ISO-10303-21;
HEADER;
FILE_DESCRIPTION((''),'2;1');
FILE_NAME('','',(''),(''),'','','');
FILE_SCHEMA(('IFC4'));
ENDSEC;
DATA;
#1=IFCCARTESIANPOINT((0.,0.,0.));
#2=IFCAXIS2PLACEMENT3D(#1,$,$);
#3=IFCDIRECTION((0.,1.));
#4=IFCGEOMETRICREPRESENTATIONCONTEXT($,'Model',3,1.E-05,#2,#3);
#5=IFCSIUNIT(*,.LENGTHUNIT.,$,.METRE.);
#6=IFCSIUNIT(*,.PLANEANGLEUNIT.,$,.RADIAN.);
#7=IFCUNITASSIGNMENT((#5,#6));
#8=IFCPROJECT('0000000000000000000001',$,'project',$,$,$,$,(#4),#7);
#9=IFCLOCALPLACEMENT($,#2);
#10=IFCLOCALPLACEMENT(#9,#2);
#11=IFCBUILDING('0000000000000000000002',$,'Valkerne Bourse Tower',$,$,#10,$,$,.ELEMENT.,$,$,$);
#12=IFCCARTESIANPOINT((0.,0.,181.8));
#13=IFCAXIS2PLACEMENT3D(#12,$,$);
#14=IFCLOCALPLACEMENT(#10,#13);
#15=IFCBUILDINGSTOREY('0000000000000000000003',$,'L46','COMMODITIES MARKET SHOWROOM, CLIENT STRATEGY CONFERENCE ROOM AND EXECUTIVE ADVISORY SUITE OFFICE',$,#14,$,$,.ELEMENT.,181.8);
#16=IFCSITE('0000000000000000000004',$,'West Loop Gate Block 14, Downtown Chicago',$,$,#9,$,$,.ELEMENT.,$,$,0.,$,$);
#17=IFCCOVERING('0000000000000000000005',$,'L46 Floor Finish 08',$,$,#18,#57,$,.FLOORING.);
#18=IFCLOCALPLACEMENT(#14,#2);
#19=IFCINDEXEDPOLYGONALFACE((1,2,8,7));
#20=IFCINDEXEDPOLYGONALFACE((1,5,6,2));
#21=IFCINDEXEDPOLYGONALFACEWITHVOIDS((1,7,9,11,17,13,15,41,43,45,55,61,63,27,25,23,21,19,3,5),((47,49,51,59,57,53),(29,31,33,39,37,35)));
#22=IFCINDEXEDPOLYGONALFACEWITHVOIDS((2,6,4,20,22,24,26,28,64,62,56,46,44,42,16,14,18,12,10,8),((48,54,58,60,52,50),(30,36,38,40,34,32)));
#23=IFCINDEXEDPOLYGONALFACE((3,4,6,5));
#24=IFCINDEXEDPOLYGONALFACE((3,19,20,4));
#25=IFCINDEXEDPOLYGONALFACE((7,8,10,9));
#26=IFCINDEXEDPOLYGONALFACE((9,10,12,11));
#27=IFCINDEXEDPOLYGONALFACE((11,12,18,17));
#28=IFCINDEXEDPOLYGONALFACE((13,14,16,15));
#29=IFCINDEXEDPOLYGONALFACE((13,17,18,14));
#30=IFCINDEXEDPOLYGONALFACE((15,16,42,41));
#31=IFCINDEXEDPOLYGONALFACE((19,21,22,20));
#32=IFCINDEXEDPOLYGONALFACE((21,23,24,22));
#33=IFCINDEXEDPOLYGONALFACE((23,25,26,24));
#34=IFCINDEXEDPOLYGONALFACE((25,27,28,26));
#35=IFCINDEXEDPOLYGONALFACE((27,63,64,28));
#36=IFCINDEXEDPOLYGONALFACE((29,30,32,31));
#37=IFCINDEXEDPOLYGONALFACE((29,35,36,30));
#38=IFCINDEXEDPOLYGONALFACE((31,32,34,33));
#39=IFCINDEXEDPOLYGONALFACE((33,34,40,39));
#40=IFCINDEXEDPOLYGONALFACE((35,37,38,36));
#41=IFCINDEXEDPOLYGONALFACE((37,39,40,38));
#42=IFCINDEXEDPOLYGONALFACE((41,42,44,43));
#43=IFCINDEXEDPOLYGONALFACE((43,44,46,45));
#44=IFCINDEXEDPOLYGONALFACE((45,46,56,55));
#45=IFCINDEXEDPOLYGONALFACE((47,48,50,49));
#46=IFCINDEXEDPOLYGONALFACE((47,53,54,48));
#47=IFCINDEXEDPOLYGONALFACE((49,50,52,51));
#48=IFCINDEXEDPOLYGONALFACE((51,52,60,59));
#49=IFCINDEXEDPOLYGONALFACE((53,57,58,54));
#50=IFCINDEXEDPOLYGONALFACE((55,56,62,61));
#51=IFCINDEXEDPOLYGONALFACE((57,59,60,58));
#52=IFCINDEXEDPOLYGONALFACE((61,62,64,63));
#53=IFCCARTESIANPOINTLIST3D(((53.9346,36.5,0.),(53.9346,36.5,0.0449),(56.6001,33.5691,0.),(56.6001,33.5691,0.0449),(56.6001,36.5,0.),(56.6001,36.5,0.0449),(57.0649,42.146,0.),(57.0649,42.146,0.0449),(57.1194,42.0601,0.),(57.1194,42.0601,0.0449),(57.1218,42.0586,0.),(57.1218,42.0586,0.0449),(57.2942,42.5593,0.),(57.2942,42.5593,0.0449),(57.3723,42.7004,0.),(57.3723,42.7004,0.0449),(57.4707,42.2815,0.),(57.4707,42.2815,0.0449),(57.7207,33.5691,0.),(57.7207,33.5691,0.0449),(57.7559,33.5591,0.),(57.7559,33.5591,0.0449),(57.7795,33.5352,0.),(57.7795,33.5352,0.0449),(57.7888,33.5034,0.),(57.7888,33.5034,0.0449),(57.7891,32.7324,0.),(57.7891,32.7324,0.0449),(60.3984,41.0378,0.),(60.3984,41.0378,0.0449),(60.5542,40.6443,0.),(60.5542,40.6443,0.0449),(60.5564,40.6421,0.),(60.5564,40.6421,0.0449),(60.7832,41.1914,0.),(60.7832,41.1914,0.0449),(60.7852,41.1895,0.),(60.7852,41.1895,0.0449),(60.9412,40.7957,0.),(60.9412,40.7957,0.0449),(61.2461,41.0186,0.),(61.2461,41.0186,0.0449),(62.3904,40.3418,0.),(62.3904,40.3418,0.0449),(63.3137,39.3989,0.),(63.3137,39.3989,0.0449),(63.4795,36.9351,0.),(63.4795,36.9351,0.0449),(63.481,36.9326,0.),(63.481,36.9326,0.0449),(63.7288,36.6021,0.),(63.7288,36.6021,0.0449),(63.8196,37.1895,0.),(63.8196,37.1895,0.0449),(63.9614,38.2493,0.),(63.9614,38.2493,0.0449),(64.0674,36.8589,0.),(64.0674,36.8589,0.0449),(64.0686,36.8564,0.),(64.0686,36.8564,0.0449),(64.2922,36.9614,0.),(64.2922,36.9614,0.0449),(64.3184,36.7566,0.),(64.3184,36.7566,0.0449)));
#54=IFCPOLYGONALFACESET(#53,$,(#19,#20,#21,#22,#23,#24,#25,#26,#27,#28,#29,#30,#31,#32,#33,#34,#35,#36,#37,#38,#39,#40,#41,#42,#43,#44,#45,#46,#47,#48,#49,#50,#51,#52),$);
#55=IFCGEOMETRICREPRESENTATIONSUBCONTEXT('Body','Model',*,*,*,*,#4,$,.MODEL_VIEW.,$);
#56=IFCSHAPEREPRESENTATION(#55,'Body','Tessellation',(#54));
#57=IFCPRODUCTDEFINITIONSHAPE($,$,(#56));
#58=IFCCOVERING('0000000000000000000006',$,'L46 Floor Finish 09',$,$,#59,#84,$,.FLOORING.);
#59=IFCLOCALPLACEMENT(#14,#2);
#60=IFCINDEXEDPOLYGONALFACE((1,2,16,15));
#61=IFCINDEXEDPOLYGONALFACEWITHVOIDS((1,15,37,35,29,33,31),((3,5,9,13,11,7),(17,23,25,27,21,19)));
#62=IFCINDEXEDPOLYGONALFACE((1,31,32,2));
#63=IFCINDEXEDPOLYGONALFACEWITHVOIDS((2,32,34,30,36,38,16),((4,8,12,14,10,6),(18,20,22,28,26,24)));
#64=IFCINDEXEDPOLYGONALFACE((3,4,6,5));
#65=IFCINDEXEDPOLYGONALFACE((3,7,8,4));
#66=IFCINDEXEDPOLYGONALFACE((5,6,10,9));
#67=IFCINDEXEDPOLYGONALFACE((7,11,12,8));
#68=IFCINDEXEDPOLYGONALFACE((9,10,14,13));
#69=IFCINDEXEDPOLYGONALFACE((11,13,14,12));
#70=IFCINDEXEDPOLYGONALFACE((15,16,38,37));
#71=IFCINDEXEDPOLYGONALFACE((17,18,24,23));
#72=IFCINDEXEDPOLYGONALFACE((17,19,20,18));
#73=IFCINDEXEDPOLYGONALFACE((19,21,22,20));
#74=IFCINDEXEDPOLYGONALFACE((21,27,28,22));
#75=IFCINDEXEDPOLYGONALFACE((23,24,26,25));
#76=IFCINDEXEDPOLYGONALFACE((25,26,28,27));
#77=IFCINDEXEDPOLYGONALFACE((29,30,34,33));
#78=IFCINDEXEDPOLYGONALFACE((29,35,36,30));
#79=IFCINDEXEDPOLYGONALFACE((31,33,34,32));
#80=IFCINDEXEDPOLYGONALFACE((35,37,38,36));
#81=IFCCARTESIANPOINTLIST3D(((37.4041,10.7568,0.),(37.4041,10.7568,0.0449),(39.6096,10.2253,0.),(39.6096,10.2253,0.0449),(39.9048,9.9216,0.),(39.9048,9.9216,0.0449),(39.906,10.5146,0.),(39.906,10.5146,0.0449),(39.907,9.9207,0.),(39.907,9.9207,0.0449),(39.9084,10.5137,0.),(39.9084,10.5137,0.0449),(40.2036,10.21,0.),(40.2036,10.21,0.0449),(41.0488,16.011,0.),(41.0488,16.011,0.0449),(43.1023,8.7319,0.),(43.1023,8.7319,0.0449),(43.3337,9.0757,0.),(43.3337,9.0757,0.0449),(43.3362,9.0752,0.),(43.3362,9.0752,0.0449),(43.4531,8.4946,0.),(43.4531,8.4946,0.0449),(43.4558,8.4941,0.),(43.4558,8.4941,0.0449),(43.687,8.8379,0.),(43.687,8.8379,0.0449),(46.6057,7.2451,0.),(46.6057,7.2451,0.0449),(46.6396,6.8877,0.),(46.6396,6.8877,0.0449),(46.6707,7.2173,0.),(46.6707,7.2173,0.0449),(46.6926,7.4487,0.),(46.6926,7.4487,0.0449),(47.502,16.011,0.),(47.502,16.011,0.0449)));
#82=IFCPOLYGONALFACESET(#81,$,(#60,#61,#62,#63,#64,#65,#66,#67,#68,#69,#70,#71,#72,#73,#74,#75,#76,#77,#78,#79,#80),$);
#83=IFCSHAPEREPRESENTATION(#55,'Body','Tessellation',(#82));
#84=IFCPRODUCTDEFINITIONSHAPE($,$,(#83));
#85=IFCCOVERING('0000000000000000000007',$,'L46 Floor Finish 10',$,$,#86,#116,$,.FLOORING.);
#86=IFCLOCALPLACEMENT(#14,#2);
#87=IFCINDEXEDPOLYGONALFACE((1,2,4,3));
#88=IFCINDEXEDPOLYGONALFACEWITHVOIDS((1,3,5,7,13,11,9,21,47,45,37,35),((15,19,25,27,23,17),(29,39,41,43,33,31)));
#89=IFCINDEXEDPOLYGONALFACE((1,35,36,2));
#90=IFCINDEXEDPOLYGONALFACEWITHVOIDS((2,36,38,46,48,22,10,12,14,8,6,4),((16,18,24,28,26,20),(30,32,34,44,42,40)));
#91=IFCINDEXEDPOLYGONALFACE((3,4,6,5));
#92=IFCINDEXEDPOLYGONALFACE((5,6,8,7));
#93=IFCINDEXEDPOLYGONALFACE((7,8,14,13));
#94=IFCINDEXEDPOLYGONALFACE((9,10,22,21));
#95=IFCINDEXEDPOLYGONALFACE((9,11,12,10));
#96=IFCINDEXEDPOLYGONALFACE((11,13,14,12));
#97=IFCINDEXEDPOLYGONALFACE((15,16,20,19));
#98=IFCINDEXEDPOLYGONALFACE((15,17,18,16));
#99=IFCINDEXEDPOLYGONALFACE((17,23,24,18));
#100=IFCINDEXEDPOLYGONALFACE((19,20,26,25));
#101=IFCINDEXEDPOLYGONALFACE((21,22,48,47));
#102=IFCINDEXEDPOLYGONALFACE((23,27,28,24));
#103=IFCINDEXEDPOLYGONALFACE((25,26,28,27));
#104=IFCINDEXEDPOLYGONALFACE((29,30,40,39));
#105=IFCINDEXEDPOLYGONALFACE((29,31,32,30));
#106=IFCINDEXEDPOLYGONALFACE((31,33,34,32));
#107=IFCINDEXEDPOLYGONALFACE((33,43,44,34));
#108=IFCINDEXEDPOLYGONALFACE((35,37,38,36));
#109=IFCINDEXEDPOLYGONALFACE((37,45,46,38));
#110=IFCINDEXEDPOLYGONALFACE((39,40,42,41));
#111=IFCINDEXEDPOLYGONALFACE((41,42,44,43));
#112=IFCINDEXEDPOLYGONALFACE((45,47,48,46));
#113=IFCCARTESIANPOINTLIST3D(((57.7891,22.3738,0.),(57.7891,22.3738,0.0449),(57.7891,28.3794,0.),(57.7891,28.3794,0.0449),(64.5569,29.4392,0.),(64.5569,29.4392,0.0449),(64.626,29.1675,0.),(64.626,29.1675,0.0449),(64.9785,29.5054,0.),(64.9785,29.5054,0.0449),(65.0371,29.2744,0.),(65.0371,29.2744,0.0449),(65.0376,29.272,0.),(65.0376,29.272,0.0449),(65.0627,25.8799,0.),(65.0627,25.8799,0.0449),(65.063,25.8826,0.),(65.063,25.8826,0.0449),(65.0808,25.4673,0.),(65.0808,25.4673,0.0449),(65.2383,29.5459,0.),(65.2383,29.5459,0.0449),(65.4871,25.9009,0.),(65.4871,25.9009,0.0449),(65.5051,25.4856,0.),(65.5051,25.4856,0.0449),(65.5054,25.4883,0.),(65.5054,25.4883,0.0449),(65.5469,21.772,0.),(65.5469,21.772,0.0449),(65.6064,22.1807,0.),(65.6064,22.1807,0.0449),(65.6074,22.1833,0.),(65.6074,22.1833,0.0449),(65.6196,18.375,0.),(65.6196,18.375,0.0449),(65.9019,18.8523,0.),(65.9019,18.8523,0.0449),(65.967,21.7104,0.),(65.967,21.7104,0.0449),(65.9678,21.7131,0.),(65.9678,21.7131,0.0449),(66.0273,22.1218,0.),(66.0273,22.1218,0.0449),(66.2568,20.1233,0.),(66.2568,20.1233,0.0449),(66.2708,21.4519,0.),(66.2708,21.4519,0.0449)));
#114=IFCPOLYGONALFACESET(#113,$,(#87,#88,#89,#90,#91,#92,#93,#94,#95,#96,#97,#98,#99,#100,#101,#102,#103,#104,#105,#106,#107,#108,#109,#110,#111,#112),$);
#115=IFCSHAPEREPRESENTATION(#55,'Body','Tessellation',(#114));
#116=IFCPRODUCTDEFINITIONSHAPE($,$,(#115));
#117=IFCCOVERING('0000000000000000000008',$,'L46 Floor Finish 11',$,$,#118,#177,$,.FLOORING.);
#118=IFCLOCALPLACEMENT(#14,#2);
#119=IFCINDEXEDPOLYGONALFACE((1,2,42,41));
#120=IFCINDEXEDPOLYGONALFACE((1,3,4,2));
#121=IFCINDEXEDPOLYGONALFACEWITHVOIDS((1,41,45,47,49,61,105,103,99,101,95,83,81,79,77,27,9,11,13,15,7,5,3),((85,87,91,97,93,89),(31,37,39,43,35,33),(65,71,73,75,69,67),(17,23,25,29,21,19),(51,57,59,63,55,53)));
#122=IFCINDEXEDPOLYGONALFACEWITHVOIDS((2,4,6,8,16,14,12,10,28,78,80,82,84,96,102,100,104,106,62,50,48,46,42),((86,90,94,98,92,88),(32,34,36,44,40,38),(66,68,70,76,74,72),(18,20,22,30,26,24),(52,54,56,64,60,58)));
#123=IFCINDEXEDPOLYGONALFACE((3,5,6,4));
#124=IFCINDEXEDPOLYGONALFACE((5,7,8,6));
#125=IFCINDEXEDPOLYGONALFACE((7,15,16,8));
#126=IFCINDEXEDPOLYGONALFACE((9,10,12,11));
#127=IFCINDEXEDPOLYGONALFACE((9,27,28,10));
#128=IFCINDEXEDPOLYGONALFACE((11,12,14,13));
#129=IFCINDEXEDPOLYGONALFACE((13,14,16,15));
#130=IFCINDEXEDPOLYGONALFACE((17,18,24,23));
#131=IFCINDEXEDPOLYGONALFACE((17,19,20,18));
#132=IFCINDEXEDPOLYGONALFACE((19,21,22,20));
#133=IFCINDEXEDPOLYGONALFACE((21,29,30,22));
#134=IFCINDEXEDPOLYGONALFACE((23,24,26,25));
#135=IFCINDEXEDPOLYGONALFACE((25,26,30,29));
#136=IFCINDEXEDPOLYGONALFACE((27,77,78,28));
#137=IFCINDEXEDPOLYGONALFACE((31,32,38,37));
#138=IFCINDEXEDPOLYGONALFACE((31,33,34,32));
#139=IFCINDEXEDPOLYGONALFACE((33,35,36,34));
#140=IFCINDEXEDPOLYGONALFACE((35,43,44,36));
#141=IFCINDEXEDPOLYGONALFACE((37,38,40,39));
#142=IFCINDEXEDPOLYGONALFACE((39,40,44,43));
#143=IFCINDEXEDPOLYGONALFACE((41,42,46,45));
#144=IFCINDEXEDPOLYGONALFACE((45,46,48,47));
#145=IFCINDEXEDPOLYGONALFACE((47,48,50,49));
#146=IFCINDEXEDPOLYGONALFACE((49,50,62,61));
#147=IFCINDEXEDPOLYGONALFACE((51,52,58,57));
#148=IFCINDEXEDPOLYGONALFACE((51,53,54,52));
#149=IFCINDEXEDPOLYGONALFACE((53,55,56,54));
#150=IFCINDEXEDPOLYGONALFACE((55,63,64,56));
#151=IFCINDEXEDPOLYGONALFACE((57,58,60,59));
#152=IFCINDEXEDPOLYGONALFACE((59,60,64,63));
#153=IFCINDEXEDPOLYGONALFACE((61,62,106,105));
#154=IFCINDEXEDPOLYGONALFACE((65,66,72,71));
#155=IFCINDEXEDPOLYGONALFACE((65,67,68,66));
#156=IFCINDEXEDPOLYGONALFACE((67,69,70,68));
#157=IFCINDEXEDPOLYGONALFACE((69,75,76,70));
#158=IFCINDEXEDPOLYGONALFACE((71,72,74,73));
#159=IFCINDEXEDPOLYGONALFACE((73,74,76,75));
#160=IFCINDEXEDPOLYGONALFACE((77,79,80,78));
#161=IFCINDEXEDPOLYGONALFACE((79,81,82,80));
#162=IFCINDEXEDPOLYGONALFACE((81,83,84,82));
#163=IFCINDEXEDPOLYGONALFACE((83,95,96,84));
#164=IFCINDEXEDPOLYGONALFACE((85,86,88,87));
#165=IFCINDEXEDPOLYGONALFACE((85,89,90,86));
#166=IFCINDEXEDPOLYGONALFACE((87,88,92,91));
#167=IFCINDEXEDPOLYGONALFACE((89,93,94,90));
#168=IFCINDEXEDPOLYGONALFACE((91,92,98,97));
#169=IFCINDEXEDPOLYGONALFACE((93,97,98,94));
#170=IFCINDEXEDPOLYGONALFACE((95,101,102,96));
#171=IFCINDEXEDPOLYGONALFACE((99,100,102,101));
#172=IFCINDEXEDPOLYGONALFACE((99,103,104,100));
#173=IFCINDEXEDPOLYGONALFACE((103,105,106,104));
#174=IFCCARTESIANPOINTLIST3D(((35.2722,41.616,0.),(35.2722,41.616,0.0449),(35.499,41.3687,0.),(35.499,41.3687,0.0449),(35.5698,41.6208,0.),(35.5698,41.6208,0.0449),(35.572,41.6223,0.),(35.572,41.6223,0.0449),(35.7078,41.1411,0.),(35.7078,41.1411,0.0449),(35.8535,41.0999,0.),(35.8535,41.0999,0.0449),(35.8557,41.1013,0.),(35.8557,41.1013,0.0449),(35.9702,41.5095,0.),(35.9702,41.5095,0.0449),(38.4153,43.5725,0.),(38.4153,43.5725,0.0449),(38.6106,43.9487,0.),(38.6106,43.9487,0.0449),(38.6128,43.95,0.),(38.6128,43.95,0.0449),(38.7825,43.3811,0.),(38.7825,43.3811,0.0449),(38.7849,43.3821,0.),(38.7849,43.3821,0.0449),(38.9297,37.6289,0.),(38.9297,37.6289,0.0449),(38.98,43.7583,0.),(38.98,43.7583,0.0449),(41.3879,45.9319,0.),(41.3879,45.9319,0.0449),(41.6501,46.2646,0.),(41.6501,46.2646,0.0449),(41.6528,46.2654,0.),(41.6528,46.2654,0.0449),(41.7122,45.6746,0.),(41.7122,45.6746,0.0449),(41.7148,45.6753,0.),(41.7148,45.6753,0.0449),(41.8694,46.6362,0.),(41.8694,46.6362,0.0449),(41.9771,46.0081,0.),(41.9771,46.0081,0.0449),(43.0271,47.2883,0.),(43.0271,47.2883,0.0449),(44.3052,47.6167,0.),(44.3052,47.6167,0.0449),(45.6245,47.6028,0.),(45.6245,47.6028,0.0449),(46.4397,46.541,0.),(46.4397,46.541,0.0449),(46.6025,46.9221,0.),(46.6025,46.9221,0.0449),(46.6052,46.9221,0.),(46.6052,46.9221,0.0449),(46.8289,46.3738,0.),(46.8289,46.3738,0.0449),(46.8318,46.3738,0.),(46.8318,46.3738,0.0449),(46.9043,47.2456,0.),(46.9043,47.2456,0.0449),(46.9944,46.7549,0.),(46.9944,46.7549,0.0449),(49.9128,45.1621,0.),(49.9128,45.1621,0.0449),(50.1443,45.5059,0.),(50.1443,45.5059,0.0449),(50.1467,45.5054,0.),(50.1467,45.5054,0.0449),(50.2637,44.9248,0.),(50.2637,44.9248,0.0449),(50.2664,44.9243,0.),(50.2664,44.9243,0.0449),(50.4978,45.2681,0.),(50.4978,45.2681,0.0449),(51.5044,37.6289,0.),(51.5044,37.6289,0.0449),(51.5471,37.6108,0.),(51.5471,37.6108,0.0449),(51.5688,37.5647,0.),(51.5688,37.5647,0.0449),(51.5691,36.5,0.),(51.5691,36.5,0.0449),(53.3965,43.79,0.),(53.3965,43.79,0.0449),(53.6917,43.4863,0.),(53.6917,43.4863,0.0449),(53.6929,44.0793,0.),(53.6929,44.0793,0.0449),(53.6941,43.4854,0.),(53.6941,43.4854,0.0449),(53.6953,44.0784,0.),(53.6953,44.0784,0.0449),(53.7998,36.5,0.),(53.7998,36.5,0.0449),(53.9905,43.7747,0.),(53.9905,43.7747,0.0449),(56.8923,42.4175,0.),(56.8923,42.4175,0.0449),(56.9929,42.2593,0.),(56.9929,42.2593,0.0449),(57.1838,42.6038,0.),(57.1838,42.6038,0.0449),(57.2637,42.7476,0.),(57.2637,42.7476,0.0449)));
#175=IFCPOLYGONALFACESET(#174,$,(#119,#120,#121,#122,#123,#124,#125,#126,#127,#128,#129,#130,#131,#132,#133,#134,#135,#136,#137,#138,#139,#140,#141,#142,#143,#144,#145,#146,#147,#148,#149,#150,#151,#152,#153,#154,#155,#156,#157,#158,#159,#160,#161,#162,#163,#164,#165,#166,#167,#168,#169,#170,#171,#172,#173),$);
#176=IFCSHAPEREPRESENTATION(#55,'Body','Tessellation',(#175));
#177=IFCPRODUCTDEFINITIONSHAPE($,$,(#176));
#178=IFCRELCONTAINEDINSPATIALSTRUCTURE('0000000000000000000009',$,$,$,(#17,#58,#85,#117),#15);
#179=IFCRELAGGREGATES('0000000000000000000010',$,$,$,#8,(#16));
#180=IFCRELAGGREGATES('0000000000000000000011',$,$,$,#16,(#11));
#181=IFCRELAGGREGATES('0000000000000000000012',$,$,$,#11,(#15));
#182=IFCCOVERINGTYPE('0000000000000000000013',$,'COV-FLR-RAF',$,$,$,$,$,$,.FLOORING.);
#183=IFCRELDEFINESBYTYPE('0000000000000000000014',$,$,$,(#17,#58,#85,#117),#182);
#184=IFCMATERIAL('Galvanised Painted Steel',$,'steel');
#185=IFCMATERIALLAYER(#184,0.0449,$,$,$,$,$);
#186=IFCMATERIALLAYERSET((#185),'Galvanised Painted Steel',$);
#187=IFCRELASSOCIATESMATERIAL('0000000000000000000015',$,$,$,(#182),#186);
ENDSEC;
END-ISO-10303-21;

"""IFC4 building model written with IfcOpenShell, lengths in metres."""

from ifc_helpers import new_model, si_unit, direction, frame, origin, place, context, subcontext, project, spatial, polyline, outline, extrude, material, layer, layer_set, type_object, element, save


model = new_model("IFC4")

# Units and contexts
model_context = context("Model", 3, precision=1e-05, world=origin(), true_north=direction((0.0, 1.0)))
body_context = subcontext(model_context, "Body", "Model", "MODEL_VIEW")
ifc_project = project(units=[si_unit("LENGTHUNIT", "METRE"), si_unit("PLANEANGLEUNIT", "RADIAN")], contexts=[model_context])

# Site, building, storey
site_placement = place(None, origin())
site = spatial("IfcSite", under=ifc_project, at=site_placement, Name="West Loop Gate Block 14, Downtown Chicago", CompositionType="ELEMENT", RefElevation=0.0)
building_placement = place(site_placement, origin())
building = spatial("IfcBuilding", under=site, at=building_placement, Name="Valkerne Bourse Tower", CompositionType="ELEMENT")
storey_placement = place(building_placement, frame((0.0, 0.0, 181.8)))
storey = spatial("IfcBuildingStorey", under=building, at=storey_placement, Name="L46", Description="COMMODITIES MARKET SHOWROOM, CLIENT STRATEGY CONFERENCE ROOM AND EXECUTIVE ADVISORY SUITE OFFICE", CompositionType="ELEMENT", Elevation=181.8)

# Coverings
ifc_material_1 = material(Name="Galvanised Painted Steel", Category="steel")
ifc_layer_1 = layer(ifc_material_1, 0.0449)
ifc_layer_set_1 = layer_set([ifc_layer_1], Name="Galvanised Painted Steel")
covering_type_1 = type_object("IfcCoveringType", Name="COV-FLR-RAF", PredefinedType="FLOORING", material=ifc_layer_set_1)
covering_1_placement = place(storey_placement, origin())
element("IfcCovering", 1, at=covering_1_placement, inside=storey, type_object=covering_type_1, Name="L46 Floor Finish 08", PredefinedType="FLOORING", context=body_context, shape_type="SweptSolid", body=[
    extrude(outline(polyline([(63.3137, 39.3989), (63.9614, 38.2493), (64.2922, 36.9614), (64.3184, 36.7566), (57.7891, 32.7324), (57.7888, 33.5034), (57.7795, 33.5352), (57.7559, 33.5591), (57.7207, 33.5691), (56.6001, 33.5691), (56.6001, 36.5), (53.9346, 36.5), (57.0649, 42.146), (57.1194, 42.0601), (57.1218, 42.0586), (57.4707, 42.2815), (57.2942, 42.5593), (57.3723, 42.7004), (61.2461, 41.0186), (62.3904, 40.3418), (63.3137, 39.3989)]), holes=[polyline([(64.0686, 36.8564), (64.0674, 36.8589), (63.8196, 37.1895), (63.4795, 36.9351), (63.481, 36.9326), (63.7288, 36.6021), (64.0686, 36.8564)]), polyline([(60.7852, 41.1895), (60.7832, 41.1914), (60.3984, 41.0378), (60.5542, 40.6443), (60.5564, 40.6421), (60.9412, 40.7957), (60.7852, 41.1895)])]), origin(), (0.0, 0.0, 1.0), 0.0449),
])
covering_2_placement = place(storey_placement, origin())
element("IfcCovering", 2, at=covering_2_placement, inside=storey, type_object=covering_type_1, Name="L46 Floor Finish 09", PredefinedType="FLOORING", context=body_context, shape_type="SweptSolid", body=[
    extrude(outline(polyline([(47.502, 16.011), (46.6926, 7.4487), (46.6057, 7.2451), (46.6707, 7.2173), (46.6396, 6.8877), (37.4041, 10.7568), (41.0488, 16.011), (47.502, 16.011)]), holes=[polyline([(43.3362, 9.0752), (43.3337, 9.0757), (43.1023, 8.7319), (43.4531, 8.4946), (43.4558, 8.4941), (43.687, 8.8379), (43.3362, 9.0752)]), polyline([(39.9084, 10.5137), (39.906, 10.5146), (39.6096, 10.2253), (39.9048, 9.9216), (39.907, 9.9207), (40.2036, 10.21), (39.9084, 10.5137)])]), origin(), (0.0, 0.0, 1.0), 0.0449),
])
covering_3_placement = place(storey_placement, origin())
element("IfcCovering", 3, at=covering_3_placement, inside=storey, type_object=covering_type_1, Name="L46 Floor Finish 10", PredefinedType="FLOORING", context=body_context, shape_type="SweptSolid", body=[
    extrude(outline(polyline([(65.6196, 18.375), (57.7891, 22.3738), (57.7891, 28.3794), (64.5569, 29.4392), (64.626, 29.1675), (65.0376, 29.272), (65.0371, 29.2744), (64.9785, 29.5054), (65.2383, 29.5459), (66.2708, 21.4519), (66.2568, 20.1233), (65.9019, 18.8523), (65.6196, 18.375)]), holes=[polyline([(66.0273, 22.1218), (65.6074, 22.1833), (65.6064, 22.1807), (65.5469, 21.772), (65.967, 21.7104), (65.9678, 21.7131), (66.0273, 22.1218)]), polyline([(65.5051, 25.4856), (65.5054, 25.4883), (65.4871, 25.9009), (65.063, 25.8826), (65.0627, 25.8799), (65.0808, 25.4673), (65.5051, 25.4856)])]), origin(), (0.0, 0.0, 1.0), 0.0449),
])
covering_4_placement = place(storey_placement, origin())
element("IfcCovering", 4, at=covering_4_placement, inside=storey, type_object=covering_type_1, Name="L46 Floor Finish 11", PredefinedType="FLOORING", context=body_context, shape_type="SweptSolid", body=[
    extrude(outline(polyline([(44.3052, 47.6167), (45.6245, 47.6028), (46.9043, 47.2456), (57.2637, 42.7476), (57.1838, 42.6038), (56.8923, 42.4175), (56.9929, 42.2593), (53.7998, 36.5), (51.5691, 36.5), (51.5688, 37.5647), (51.5471, 37.6108), (51.5044, 37.6289), (38.9297, 37.6289), (35.7078, 41.1411), (35.8535, 41.0999), (35.8557, 41.1013), (35.9702, 41.5095), (35.572, 41.6223), (35.5698, 41.6208), (35.499, 41.3687), (35.2722, 41.616), (41.8694, 46.6362), (43.0271, 47.2883), (44.3052, 47.6167)]), holes=[polyline([(38.7849, 43.3821), (38.98, 43.7583), (38.6128, 43.95), (38.6106, 43.9487), (38.4153, 43.5725), (38.7825, 43.3811), (38.7849, 43.3821)]), polyline([(53.9905, 43.7747), (53.6953, 44.0784), (53.6929, 44.0793), (53.3965, 43.79), (53.6917, 43.4863), (53.6941, 43.4854), (53.9905, 43.7747)]), polyline([(50.1467, 45.5054), (50.1443, 45.5059), (49.9128, 45.1621), (50.2637, 44.9248), (50.2664, 44.9243), (50.4978, 45.2681), (50.1467, 45.5054)]), polyline([(41.9771, 46.0081), (41.6528, 46.2654), (41.6501, 46.2646), (41.3879, 45.9319), (41.7122, 45.6746), (41.7148, 45.6753), (41.9771, 46.0081)]), polyline([(46.6052, 46.9221), (46.6025, 46.9221), (46.4397, 46.541), (46.8289, 46.3738), (46.8318, 46.3738), (46.9944, 46.7549), (46.6052, 46.9221)])]), origin(), (0.0, 0.0, 1.0), 0.0449),
])

save(model, "model.ifc")
